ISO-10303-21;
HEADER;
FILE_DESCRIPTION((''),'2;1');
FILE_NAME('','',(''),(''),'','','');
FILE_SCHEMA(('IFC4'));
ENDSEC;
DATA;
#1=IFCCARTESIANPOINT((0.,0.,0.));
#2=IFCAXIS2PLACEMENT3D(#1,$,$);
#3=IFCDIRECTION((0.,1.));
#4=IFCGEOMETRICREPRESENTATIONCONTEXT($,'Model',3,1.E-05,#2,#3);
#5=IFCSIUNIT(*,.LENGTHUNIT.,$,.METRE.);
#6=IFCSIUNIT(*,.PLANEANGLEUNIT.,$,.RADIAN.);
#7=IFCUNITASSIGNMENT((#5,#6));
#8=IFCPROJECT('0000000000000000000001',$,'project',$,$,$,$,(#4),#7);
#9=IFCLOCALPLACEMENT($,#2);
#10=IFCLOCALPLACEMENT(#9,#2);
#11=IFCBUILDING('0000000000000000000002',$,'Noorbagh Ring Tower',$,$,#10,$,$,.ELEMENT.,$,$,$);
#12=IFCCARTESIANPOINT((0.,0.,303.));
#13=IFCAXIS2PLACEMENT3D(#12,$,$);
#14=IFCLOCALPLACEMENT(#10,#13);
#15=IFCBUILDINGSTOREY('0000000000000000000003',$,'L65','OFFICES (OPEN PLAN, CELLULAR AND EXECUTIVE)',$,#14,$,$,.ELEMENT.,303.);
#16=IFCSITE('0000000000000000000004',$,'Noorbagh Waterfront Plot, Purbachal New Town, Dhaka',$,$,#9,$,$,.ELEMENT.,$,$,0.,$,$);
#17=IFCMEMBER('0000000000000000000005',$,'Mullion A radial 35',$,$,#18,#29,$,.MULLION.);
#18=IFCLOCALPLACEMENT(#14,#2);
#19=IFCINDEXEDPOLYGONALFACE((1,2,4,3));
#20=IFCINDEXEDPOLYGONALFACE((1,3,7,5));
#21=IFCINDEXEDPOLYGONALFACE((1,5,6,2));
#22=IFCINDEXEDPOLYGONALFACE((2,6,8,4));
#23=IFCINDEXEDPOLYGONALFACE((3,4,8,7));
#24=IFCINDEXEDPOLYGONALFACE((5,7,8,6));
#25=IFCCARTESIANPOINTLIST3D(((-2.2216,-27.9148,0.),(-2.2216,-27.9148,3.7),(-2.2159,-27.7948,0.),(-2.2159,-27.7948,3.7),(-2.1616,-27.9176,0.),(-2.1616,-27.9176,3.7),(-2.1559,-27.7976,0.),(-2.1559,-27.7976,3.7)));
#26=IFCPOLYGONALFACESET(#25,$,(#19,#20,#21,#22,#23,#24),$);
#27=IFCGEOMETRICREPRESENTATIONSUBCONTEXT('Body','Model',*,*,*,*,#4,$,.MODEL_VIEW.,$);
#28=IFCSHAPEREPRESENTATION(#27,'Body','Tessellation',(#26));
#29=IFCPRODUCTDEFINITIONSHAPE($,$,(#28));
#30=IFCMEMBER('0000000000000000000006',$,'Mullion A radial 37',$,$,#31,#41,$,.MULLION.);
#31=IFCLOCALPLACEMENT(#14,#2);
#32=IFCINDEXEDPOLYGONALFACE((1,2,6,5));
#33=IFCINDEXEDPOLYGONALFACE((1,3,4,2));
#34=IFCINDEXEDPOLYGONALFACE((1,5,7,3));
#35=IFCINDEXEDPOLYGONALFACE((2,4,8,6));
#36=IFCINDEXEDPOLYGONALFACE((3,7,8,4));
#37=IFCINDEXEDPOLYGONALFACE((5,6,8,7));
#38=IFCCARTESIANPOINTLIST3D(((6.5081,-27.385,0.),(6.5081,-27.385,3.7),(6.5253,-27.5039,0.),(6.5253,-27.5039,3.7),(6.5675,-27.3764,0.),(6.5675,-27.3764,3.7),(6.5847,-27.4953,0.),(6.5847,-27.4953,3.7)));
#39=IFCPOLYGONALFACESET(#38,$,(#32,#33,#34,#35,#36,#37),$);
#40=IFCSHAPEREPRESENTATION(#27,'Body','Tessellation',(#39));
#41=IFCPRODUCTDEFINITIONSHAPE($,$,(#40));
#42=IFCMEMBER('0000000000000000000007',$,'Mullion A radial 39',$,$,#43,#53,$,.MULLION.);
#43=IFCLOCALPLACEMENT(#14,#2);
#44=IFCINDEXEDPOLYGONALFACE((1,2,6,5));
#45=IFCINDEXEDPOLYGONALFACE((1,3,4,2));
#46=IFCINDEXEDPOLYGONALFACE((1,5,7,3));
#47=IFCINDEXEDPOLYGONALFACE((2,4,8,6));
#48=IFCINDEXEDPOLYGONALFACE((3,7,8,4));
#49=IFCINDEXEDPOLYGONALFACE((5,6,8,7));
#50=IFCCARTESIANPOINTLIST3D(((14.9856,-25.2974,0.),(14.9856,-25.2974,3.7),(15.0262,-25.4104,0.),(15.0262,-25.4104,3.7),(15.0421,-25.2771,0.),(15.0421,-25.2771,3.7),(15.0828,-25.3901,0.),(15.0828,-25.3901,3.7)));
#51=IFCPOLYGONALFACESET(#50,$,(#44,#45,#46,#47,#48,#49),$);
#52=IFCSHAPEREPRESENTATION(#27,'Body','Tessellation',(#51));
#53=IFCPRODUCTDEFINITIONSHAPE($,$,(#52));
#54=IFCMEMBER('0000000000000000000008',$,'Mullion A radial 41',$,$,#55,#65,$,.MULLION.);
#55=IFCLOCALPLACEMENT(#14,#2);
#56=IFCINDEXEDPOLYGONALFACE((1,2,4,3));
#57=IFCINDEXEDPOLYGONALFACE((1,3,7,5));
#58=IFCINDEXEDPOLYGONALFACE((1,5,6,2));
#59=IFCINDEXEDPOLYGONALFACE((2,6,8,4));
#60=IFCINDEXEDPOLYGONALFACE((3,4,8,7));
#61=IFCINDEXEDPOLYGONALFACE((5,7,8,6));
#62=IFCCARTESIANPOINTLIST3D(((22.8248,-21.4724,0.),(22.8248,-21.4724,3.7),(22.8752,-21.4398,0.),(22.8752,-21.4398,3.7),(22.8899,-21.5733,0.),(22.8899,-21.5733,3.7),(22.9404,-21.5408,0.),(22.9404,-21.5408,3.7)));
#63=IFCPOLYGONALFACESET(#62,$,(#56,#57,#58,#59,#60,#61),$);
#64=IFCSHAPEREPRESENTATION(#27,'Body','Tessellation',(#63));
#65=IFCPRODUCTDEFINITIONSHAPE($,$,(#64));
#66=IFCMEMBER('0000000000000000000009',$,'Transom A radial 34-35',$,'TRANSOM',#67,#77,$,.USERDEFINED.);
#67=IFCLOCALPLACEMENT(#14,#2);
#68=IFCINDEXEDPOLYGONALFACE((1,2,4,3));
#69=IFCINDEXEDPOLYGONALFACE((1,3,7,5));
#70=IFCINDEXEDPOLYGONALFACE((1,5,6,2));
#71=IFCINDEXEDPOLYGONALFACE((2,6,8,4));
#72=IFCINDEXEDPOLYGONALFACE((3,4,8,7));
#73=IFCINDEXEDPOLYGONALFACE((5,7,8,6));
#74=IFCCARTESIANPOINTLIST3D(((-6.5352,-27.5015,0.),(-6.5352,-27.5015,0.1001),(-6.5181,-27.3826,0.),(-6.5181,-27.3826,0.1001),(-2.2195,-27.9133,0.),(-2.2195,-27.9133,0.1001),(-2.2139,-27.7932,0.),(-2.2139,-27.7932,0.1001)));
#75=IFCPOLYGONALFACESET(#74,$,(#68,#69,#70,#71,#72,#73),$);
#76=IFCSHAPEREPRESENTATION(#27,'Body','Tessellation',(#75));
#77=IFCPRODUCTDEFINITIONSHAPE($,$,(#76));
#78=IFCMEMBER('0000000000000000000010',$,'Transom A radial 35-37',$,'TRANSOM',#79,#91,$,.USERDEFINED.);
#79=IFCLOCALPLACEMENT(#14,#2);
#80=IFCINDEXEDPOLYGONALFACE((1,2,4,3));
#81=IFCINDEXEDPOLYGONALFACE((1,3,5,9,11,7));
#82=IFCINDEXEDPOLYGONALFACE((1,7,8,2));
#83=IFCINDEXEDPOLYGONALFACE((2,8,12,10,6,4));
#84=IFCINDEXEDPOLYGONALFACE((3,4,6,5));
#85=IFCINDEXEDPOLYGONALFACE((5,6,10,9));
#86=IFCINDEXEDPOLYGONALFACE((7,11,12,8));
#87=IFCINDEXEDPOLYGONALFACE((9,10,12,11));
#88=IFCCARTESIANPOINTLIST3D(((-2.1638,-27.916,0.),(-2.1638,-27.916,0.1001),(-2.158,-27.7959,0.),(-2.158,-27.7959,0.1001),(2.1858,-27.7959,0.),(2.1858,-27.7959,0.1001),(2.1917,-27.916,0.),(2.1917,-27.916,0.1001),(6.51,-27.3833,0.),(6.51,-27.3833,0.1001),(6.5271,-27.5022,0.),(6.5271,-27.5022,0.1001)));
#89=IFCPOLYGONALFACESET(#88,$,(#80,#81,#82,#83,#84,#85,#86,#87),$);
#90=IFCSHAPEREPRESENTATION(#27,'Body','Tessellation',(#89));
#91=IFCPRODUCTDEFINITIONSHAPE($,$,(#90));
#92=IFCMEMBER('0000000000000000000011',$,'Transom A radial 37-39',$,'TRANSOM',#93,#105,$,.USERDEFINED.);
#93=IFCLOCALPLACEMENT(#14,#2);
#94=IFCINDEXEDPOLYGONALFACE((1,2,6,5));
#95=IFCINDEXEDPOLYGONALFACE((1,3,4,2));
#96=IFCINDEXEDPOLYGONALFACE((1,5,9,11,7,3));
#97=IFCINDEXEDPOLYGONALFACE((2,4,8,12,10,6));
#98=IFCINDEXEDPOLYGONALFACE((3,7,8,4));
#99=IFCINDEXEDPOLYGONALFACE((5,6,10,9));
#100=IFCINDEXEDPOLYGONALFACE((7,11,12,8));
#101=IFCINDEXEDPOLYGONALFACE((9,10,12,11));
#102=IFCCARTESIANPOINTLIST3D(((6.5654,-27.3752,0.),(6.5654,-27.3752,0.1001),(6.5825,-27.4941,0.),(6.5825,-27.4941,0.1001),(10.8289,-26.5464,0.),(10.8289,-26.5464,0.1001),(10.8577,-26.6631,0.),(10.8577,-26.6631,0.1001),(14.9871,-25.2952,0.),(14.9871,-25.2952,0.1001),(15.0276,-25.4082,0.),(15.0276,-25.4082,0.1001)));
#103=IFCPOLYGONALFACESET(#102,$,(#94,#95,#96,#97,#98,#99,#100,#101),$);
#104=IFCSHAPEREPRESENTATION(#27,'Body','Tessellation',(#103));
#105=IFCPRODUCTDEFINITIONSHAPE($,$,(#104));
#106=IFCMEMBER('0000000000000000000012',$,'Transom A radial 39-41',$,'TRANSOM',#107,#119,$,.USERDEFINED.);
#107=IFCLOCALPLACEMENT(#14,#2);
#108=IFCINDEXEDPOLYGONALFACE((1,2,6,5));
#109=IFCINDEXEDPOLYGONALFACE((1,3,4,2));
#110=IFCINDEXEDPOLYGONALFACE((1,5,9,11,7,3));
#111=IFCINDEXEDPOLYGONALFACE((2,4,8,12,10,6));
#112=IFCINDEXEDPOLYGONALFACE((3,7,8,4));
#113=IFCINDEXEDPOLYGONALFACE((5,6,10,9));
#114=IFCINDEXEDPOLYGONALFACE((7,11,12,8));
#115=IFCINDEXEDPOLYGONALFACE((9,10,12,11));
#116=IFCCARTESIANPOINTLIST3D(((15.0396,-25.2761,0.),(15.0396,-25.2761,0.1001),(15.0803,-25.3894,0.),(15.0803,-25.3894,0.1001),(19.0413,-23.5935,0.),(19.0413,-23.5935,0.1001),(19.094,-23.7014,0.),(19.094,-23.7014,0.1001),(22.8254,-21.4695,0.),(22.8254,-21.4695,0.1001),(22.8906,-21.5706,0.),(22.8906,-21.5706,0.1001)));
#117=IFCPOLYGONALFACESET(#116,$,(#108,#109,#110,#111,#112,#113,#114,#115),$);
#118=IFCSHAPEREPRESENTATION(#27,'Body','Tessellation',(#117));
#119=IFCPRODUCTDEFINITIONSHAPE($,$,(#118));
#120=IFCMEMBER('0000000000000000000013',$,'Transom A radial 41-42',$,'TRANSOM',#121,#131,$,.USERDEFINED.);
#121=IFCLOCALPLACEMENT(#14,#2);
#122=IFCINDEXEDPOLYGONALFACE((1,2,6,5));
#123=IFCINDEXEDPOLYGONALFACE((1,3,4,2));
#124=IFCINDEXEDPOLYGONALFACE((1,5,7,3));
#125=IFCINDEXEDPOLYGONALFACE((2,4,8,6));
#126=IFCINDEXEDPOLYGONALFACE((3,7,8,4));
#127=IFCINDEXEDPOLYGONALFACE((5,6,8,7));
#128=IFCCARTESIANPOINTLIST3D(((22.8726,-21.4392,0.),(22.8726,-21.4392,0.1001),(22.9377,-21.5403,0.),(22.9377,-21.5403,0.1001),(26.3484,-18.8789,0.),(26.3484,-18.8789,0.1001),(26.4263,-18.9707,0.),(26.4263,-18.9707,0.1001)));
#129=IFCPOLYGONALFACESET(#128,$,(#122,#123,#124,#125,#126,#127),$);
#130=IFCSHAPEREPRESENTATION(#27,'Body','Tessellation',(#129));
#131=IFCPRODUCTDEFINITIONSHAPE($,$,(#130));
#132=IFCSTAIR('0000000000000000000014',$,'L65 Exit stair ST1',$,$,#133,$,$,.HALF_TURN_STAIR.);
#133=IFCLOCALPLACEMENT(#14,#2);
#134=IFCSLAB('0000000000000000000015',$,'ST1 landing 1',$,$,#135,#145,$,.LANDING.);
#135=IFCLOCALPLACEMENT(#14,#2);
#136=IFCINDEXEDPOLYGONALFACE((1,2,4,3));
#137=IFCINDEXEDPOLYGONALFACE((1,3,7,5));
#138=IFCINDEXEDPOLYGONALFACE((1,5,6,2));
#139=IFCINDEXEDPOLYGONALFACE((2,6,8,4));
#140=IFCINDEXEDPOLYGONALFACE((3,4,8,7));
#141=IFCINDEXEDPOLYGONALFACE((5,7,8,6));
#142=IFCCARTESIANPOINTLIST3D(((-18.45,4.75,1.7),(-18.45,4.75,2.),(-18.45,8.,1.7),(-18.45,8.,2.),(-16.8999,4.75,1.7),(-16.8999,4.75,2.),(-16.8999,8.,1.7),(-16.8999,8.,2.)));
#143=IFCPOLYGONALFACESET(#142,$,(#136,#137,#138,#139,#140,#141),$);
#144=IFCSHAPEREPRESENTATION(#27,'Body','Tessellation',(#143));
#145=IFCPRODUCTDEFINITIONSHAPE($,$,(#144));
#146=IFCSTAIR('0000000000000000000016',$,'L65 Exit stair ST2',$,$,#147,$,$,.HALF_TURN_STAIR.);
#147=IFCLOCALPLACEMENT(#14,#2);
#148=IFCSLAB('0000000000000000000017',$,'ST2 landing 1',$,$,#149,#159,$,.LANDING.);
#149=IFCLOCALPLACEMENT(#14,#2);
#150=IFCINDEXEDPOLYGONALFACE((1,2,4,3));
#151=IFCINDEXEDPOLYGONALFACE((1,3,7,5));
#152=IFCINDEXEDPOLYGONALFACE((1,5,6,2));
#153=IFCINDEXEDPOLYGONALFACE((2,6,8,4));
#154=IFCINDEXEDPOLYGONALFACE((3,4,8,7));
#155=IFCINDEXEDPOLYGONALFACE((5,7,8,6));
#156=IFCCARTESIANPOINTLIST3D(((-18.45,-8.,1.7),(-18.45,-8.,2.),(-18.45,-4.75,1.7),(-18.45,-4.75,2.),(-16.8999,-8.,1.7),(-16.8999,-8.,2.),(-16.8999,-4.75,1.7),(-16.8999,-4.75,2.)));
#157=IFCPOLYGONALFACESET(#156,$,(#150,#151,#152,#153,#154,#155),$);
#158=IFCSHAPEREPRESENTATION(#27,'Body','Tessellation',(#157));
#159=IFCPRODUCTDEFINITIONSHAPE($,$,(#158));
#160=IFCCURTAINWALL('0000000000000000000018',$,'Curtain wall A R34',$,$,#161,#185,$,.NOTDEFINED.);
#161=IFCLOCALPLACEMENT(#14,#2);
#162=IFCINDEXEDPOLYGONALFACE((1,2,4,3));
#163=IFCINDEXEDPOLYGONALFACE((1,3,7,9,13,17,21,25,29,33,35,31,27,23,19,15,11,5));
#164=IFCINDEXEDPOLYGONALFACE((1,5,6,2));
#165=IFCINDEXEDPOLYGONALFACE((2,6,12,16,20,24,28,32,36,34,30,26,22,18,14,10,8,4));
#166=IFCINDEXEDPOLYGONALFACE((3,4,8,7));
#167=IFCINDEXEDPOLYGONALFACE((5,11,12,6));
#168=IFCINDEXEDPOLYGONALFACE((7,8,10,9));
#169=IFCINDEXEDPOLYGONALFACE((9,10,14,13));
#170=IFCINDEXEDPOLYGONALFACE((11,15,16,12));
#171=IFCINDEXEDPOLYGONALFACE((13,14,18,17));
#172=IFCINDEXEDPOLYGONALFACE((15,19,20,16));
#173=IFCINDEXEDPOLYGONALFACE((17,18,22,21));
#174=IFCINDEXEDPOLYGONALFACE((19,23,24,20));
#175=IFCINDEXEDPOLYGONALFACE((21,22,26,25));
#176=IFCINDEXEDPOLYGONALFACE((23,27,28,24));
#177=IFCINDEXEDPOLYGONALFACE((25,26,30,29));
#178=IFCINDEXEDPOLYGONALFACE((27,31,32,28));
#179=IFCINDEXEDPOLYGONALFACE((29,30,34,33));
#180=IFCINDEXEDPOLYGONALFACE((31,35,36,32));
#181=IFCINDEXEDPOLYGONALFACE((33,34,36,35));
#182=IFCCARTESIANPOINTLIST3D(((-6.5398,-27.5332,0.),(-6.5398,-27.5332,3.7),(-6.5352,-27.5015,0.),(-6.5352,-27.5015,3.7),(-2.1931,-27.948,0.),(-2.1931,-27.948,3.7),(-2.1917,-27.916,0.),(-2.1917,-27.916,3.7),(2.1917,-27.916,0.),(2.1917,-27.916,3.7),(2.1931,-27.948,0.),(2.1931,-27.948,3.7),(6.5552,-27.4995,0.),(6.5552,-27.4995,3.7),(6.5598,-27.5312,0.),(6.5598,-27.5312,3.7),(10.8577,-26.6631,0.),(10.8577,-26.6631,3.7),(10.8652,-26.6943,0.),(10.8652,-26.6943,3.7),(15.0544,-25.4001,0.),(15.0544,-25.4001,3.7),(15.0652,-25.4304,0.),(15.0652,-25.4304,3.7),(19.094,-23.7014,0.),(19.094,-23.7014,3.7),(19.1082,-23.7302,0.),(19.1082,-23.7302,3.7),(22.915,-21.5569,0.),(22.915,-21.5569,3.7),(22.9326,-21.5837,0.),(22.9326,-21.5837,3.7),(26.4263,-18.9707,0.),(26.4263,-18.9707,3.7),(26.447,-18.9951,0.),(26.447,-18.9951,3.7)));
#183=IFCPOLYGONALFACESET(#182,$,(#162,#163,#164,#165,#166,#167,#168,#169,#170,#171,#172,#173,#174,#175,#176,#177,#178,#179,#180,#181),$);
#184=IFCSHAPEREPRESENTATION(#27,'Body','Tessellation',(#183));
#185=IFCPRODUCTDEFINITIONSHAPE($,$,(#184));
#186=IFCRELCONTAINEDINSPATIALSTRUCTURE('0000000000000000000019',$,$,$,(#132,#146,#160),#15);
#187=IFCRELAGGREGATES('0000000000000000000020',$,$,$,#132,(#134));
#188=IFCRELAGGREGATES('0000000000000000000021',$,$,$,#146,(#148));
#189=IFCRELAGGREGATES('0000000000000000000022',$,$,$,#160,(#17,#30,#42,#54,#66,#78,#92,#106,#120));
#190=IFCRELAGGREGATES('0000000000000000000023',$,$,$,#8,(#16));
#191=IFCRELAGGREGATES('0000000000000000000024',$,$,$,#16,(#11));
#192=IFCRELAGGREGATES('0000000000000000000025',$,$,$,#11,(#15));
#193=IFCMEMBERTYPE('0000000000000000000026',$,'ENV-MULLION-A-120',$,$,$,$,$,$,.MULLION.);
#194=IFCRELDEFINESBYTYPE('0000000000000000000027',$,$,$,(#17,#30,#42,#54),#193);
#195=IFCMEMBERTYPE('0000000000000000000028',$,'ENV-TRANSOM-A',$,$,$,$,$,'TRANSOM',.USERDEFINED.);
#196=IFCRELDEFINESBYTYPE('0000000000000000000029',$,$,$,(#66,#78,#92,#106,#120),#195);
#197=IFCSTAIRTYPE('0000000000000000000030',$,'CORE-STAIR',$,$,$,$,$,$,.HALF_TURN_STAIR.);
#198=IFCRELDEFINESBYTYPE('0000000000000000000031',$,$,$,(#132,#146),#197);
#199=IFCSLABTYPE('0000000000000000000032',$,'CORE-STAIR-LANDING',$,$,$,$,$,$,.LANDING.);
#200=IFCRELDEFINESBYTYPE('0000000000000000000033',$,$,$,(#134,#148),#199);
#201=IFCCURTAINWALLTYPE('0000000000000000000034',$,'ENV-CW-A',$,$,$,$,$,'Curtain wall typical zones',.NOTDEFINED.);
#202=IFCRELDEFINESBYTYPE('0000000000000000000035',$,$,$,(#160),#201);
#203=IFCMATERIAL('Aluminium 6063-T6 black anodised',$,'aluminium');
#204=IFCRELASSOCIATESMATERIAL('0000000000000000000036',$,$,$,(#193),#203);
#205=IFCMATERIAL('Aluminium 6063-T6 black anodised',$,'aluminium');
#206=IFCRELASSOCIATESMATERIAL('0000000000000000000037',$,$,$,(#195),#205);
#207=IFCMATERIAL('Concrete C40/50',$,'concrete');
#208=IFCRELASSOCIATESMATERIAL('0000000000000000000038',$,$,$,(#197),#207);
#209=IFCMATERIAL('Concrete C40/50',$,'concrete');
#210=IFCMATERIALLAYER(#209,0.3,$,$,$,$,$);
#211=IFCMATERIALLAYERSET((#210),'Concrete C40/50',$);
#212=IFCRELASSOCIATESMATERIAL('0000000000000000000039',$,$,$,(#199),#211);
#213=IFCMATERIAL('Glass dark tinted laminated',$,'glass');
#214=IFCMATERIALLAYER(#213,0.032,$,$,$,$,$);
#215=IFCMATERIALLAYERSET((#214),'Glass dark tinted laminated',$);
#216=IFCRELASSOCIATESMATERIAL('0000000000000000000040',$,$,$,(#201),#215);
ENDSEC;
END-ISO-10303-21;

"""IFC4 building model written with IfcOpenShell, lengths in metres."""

from ifc_helpers import new_model, si_unit, direction, frame, origin, origin_2d, place, context, subcontext, project, spatial, polyline, rectangle, outline, extrude, material, layer, layer_set, material_profile, profile_set, type_object, element, aggregate, save


model = new_model("IFC4")

# Units and contexts
model_context = context("Model", 3, precision=1e-05, world=origin(), true_north=direction((0.0, 1.0)))
body_context = subcontext(model_context, "Body", "Model", "MODEL_VIEW")
ifc_project = project(units=[si_unit("LENGTHUNIT", "METRE"), si_unit("PLANEANGLEUNIT", "RADIAN")], contexts=[model_context])

# Members
ifc_material_1 = material(Name="Aluminium 6063-T6 black anodised", Category="aluminium")
ifc_material_profile = material_profile(ifc_material_1, rectangle(XDim=0.1201, YDim=0.0601, at=origin_2d()), Name="120x60")
ifc_profile_set = profile_set([ifc_material_profile], Name="Aluminium 6063-T6 black anodised")
member_type_1 = type_object("IfcMemberType", Name="ENV-MULLION-A-120", PredefinedType="MULLION", material=ifc_profile_set)
site_placement = place(None, origin())
building_placement = place(site_placement, origin())
storey_placement = place(building_placement, frame((0.0, 0.0, 303.0)))
member_1_placement = place(storey_placement, frame((-2.1887, -27.8562, 0.0), z_axis=(0.0, 0.0, 1.0), x_axis=(0.047558, 0.998868, 0.0)))
member_1 = element("IfcMember", 1, at=member_1_placement, type_object=member_type_1, Name="Mullion A radial 35", PredefinedType="MULLION", context=body_context, shape_type="SweptSolid", body=[
    extrude(rectangle(XDim=0.1201, YDim=0.0601, at=origin_2d()), origin(), (0.0, 0.0, 1.0), 3.7),
])
member_2_placement = place(storey_placement, frame((6.5464, -27.4402, 0.0), z_axis=(0.0, 0.0, 1.0), x_axis=(-0.143082, 0.989711, 0.0)))
member_2 = element("IfcMember", 2, at=member_2_placement, type_object=member_type_1, Name="Mullion A radial 37", PredefinedType="MULLION", context=body_context, shape_type="SweptSolid", body=[
    extrude(rectangle(XDim=0.1201, YDim=0.0601, at=origin_2d()), origin(), (0.0, 0.0, 1.0), 3.7),
])
member_3_placement = place(storey_placement, frame((15.0342, -25.3438, 0.0), z_axis=(0.0, 0.0, 1.0), x_axis=(-0.338379, 0.94101, 0.0)))
member_3 = element("IfcMember", 3, at=member_3_placement, type_object=member_type_1, Name="Mullion A radial 39", PredefinedType="MULLION", context=body_context, shape_type="SweptSolid", body=[
    extrude(rectangle(XDim=0.1201, YDim=0.0601, at=origin_2d()), origin(), (0.0, 0.0, 1.0), 3.7),
])
member_4_placement = place(storey_placement, frame((22.8826, -21.5066, 0.0), z_axis=(0.0, 0.0, 1.0), x_axis=(-0.542279, 0.840198, 0.0)))
member_4 = element("IfcMember", 4, at=member_4_placement, type_object=member_type_1, Name="Mullion A radial 41", PredefinedType="MULLION", context=body_context, shape_type="SweptSolid", body=[
    extrude(rectangle(XDim=0.1201, YDim=0.0601, at=origin_2d()), origin(), (0.0, 0.0, 1.0), 3.7),
])
ifc_material_2 = material(Name="Aluminium 6063-T6 black anodised", Category="aluminium")
member_type_2 = type_object("IfcMemberType", Name="ENV-TRANSOM-A", ElementType="TRANSOM", PredefinedType="USERDEFINED", material=ifc_material_2)
member_5_placement = place(storey_placement, origin())
member_5 = element("IfcMember", 5, at=member_5_placement, type_object=member_type_2, Name="Transom A radial 34-35", ObjectType="TRANSOM", PredefinedType="USERDEFINED", context=body_context, shape_type="SweptSolid", body=[
    extrude(outline(polyline([(-6.5352, -27.5015), (-2.2195, -27.9133), (-2.2139, -27.7932), (-6.5181, -27.3826), (-6.5352, -27.5015)])), origin(), (0.0, 0.0, 1.0), 0.1001),
])
member_6_placement = place(storey_placement, origin())
member_6 = element("IfcMember", 6, at=member_6_placement, type_object=member_type_2, Name="Transom A radial 35-37", ObjectType="TRANSOM", PredefinedType="USERDEFINED", context=body_context, shape_type="SweptSolid", body=[
    extrude(outline(polyline([(-2.1638, -27.916), (2.1917, -27.916), (6.5271, -27.5022), (6.51, -27.3833), (2.1858, -27.7959), (-2.158, -27.7959), (-2.1638, -27.916)])), origin(), (0.0, 0.0, 1.0), 0.1001),
])
member_7_placement = place(storey_placement, origin())
member_7 = element("IfcMember", 7, at=member_7_placement, type_object=member_type_2, Name="Transom A radial 37-39", ObjectType="TRANSOM", PredefinedType="USERDEFINED", context=body_context, shape_type="SweptSolid", body=[
    extrude(outline(polyline([(6.5825, -27.4941), (10.8577, -26.6631), (15.0276, -25.4082), (14.9871, -25.2952), (10.8289, -26.5464), (6.5654, -27.3752), (6.5825, -27.4941)])), origin(), (0.0, 0.0, 1.0), 0.1001),
])
member_8_placement = place(storey_placement, origin())
member_8 = element("IfcMember", 8, at=member_8_placement, type_object=member_type_2, Name="Transom A radial 39-41", ObjectType="TRANSOM", PredefinedType="USERDEFINED", context=body_context, shape_type="SweptSolid", body=[
    extrude(outline(polyline([(15.0803, -25.3894), (19.094, -23.7014), (22.8906, -21.5706), (22.8254, -21.4695), (19.0413, -23.5935), (15.0396, -25.2761), (15.0803, -25.3894)])), origin(), (0.0, 0.0, 1.0), 0.1001),
])
member_9_placement = place(storey_placement, origin())
member_9 = element("IfcMember", 9, at=member_9_placement, type_object=member_type_2, Name="Transom A radial 41-42", ObjectType="TRANSOM", PredefinedType="USERDEFINED", context=body_context, shape_type="SweptSolid", body=[
    extrude(outline(polyline([(22.9377, -21.5403), (26.4263, -18.9707), (26.3484, -18.8789), (22.8726, -21.4392), (22.9377, -21.5403)])), origin(), (0.0, 0.0, 1.0), 0.1001),
])

# Site, building, storey
site = spatial("IfcSite", under=ifc_project, at=site_placement, Name="Noorbagh Waterfront Plot, Purbachal New Town, Dhaka", CompositionType="ELEMENT", RefElevation=0.0)
building = spatial("IfcBuilding", under=site, at=building_placement, Name="Noorbagh Ring Tower", CompositionType="ELEMENT")
storey = spatial("IfcBuildingStorey", under=building, at=storey_placement, Name="L65", Description="OFFICES (OPEN PLAN, CELLULAR AND EXECUTIVE)", CompositionType="ELEMENT", Elevation=303.0)

# Stairs, slabs
ifc_material_3 = material(Name="Concrete C40/50", Category="concrete")
stair_type = type_object("IfcStairType", Name="CORE-STAIR", PredefinedType="HALF_TURN_STAIR", material=ifc_material_3)
stair_1_placement = place(storey_placement, origin())
stair_1 = element("IfcStair", 10, at=stair_1_placement, inside=storey, type_object=stair_type, Name="L65 Exit stair ST1", PredefinedType="HALF_TURN_STAIR")
ifc_material_4 = material(Name="Concrete C40/50", Category="concrete")
ifc_layer_1 = layer(ifc_material_4, 0.3)
ifc_layer_set_1 = layer_set([ifc_layer_1], Name="Concrete C40/50")
slab_type_1 = type_object("IfcSlabType", Name="CORE-STAIR-LANDING", PredefinedType="LANDING", material=ifc_layer_set_1)
slab_1_placement = place(storey_placement, frame((0.0, 0.0, 1.7)))
slab_1 = element("IfcSlab", 11, at=slab_1_placement, type_object=slab_type_1, Name="ST1 landing 1", PredefinedType="LANDING", context=body_context, shape_type="SweptSolid", body=[
    extrude(outline(polyline([(-18.45, 4.75), (-16.8999, 4.75), (-16.8999, 8.0), (-18.45, 8.0), (-18.45, 4.75)])), origin(), (0.0, 0.0, 1.0), 0.3),
])
aggregate(stair_1, [slab_1])
stair_2_placement = place(storey_placement, origin())
stair_2 = element("IfcStair", 12, at=stair_2_placement, inside=storey, type_object=stair_type, Name="L65 Exit stair ST2", PredefinedType="HALF_TURN_STAIR")
slab_2_placement = place(storey_placement, frame((0.0, 0.0, 1.7)))
slab_2 = element("IfcSlab", 13, at=slab_2_placement, type_object=slab_type_1, Name="ST2 landing 1", PredefinedType="LANDING", context=body_context, shape_type="SweptSolid", body=[
    extrude(outline(polyline([(-18.45, -8.0), (-16.8999, -8.0), (-16.8999, -4.75), (-18.45, -4.75), (-18.45, -8.0)])), origin(), (0.0, 0.0, 1.0), 0.3),
])
aggregate(stair_2, [slab_2])

# Curtain wall
ifc_material_5 = material(Name="Glass dark tinted laminated", Category="glass")
ifc_layer_2 = layer(ifc_material_5, 0.032)
ifc_layer_set_2 = layer_set([ifc_layer_2], Name="Glass dark tinted laminated")
curtain_wall_type = type_object("IfcCurtainWallType", Name="ENV-CW-A", ElementType="Curtain wall typical zones", PredefinedType="NOTDEFINED", material=ifc_layer_set_2)
curtain_wall_1_placement = place(storey_placement, origin())
curtain_wall_1 = element("IfcCurtainWall", 14, at=curtain_wall_1_placement, inside=storey, type_object=curtain_wall_type, Name="Curtain wall A R34", PredefinedType="NOTDEFINED", context=body_context, shape_type="SweptSolid", body=[
    extrude(outline(polyline([(-6.5398, -27.5332), (-2.1931, -27.948), (2.1931, -27.948), (6.5598, -27.5312), (10.8652, -26.6943), (15.0652, -25.4304), (19.1082, -23.7302), (22.9326, -21.5837), (26.447, -18.9951), (26.4263, -18.9707), (22.915, -21.5569), (19.094, -23.7014), (15.0544, -25.4001), (10.8577, -26.6631), (6.5552, -27.4995), (2.1917, -27.916), (-2.1917, -27.916), (-6.5352, -27.5015), (-6.5398, -27.5332)])), origin(), (0.0, 0.0, 1.0), 3.7),
])
aggregate(curtain_wall_1, [member_1, member_2, member_3, member_4, member_5, member_6, member_7, member_8, member_9])

save(model, "model.ifc")
